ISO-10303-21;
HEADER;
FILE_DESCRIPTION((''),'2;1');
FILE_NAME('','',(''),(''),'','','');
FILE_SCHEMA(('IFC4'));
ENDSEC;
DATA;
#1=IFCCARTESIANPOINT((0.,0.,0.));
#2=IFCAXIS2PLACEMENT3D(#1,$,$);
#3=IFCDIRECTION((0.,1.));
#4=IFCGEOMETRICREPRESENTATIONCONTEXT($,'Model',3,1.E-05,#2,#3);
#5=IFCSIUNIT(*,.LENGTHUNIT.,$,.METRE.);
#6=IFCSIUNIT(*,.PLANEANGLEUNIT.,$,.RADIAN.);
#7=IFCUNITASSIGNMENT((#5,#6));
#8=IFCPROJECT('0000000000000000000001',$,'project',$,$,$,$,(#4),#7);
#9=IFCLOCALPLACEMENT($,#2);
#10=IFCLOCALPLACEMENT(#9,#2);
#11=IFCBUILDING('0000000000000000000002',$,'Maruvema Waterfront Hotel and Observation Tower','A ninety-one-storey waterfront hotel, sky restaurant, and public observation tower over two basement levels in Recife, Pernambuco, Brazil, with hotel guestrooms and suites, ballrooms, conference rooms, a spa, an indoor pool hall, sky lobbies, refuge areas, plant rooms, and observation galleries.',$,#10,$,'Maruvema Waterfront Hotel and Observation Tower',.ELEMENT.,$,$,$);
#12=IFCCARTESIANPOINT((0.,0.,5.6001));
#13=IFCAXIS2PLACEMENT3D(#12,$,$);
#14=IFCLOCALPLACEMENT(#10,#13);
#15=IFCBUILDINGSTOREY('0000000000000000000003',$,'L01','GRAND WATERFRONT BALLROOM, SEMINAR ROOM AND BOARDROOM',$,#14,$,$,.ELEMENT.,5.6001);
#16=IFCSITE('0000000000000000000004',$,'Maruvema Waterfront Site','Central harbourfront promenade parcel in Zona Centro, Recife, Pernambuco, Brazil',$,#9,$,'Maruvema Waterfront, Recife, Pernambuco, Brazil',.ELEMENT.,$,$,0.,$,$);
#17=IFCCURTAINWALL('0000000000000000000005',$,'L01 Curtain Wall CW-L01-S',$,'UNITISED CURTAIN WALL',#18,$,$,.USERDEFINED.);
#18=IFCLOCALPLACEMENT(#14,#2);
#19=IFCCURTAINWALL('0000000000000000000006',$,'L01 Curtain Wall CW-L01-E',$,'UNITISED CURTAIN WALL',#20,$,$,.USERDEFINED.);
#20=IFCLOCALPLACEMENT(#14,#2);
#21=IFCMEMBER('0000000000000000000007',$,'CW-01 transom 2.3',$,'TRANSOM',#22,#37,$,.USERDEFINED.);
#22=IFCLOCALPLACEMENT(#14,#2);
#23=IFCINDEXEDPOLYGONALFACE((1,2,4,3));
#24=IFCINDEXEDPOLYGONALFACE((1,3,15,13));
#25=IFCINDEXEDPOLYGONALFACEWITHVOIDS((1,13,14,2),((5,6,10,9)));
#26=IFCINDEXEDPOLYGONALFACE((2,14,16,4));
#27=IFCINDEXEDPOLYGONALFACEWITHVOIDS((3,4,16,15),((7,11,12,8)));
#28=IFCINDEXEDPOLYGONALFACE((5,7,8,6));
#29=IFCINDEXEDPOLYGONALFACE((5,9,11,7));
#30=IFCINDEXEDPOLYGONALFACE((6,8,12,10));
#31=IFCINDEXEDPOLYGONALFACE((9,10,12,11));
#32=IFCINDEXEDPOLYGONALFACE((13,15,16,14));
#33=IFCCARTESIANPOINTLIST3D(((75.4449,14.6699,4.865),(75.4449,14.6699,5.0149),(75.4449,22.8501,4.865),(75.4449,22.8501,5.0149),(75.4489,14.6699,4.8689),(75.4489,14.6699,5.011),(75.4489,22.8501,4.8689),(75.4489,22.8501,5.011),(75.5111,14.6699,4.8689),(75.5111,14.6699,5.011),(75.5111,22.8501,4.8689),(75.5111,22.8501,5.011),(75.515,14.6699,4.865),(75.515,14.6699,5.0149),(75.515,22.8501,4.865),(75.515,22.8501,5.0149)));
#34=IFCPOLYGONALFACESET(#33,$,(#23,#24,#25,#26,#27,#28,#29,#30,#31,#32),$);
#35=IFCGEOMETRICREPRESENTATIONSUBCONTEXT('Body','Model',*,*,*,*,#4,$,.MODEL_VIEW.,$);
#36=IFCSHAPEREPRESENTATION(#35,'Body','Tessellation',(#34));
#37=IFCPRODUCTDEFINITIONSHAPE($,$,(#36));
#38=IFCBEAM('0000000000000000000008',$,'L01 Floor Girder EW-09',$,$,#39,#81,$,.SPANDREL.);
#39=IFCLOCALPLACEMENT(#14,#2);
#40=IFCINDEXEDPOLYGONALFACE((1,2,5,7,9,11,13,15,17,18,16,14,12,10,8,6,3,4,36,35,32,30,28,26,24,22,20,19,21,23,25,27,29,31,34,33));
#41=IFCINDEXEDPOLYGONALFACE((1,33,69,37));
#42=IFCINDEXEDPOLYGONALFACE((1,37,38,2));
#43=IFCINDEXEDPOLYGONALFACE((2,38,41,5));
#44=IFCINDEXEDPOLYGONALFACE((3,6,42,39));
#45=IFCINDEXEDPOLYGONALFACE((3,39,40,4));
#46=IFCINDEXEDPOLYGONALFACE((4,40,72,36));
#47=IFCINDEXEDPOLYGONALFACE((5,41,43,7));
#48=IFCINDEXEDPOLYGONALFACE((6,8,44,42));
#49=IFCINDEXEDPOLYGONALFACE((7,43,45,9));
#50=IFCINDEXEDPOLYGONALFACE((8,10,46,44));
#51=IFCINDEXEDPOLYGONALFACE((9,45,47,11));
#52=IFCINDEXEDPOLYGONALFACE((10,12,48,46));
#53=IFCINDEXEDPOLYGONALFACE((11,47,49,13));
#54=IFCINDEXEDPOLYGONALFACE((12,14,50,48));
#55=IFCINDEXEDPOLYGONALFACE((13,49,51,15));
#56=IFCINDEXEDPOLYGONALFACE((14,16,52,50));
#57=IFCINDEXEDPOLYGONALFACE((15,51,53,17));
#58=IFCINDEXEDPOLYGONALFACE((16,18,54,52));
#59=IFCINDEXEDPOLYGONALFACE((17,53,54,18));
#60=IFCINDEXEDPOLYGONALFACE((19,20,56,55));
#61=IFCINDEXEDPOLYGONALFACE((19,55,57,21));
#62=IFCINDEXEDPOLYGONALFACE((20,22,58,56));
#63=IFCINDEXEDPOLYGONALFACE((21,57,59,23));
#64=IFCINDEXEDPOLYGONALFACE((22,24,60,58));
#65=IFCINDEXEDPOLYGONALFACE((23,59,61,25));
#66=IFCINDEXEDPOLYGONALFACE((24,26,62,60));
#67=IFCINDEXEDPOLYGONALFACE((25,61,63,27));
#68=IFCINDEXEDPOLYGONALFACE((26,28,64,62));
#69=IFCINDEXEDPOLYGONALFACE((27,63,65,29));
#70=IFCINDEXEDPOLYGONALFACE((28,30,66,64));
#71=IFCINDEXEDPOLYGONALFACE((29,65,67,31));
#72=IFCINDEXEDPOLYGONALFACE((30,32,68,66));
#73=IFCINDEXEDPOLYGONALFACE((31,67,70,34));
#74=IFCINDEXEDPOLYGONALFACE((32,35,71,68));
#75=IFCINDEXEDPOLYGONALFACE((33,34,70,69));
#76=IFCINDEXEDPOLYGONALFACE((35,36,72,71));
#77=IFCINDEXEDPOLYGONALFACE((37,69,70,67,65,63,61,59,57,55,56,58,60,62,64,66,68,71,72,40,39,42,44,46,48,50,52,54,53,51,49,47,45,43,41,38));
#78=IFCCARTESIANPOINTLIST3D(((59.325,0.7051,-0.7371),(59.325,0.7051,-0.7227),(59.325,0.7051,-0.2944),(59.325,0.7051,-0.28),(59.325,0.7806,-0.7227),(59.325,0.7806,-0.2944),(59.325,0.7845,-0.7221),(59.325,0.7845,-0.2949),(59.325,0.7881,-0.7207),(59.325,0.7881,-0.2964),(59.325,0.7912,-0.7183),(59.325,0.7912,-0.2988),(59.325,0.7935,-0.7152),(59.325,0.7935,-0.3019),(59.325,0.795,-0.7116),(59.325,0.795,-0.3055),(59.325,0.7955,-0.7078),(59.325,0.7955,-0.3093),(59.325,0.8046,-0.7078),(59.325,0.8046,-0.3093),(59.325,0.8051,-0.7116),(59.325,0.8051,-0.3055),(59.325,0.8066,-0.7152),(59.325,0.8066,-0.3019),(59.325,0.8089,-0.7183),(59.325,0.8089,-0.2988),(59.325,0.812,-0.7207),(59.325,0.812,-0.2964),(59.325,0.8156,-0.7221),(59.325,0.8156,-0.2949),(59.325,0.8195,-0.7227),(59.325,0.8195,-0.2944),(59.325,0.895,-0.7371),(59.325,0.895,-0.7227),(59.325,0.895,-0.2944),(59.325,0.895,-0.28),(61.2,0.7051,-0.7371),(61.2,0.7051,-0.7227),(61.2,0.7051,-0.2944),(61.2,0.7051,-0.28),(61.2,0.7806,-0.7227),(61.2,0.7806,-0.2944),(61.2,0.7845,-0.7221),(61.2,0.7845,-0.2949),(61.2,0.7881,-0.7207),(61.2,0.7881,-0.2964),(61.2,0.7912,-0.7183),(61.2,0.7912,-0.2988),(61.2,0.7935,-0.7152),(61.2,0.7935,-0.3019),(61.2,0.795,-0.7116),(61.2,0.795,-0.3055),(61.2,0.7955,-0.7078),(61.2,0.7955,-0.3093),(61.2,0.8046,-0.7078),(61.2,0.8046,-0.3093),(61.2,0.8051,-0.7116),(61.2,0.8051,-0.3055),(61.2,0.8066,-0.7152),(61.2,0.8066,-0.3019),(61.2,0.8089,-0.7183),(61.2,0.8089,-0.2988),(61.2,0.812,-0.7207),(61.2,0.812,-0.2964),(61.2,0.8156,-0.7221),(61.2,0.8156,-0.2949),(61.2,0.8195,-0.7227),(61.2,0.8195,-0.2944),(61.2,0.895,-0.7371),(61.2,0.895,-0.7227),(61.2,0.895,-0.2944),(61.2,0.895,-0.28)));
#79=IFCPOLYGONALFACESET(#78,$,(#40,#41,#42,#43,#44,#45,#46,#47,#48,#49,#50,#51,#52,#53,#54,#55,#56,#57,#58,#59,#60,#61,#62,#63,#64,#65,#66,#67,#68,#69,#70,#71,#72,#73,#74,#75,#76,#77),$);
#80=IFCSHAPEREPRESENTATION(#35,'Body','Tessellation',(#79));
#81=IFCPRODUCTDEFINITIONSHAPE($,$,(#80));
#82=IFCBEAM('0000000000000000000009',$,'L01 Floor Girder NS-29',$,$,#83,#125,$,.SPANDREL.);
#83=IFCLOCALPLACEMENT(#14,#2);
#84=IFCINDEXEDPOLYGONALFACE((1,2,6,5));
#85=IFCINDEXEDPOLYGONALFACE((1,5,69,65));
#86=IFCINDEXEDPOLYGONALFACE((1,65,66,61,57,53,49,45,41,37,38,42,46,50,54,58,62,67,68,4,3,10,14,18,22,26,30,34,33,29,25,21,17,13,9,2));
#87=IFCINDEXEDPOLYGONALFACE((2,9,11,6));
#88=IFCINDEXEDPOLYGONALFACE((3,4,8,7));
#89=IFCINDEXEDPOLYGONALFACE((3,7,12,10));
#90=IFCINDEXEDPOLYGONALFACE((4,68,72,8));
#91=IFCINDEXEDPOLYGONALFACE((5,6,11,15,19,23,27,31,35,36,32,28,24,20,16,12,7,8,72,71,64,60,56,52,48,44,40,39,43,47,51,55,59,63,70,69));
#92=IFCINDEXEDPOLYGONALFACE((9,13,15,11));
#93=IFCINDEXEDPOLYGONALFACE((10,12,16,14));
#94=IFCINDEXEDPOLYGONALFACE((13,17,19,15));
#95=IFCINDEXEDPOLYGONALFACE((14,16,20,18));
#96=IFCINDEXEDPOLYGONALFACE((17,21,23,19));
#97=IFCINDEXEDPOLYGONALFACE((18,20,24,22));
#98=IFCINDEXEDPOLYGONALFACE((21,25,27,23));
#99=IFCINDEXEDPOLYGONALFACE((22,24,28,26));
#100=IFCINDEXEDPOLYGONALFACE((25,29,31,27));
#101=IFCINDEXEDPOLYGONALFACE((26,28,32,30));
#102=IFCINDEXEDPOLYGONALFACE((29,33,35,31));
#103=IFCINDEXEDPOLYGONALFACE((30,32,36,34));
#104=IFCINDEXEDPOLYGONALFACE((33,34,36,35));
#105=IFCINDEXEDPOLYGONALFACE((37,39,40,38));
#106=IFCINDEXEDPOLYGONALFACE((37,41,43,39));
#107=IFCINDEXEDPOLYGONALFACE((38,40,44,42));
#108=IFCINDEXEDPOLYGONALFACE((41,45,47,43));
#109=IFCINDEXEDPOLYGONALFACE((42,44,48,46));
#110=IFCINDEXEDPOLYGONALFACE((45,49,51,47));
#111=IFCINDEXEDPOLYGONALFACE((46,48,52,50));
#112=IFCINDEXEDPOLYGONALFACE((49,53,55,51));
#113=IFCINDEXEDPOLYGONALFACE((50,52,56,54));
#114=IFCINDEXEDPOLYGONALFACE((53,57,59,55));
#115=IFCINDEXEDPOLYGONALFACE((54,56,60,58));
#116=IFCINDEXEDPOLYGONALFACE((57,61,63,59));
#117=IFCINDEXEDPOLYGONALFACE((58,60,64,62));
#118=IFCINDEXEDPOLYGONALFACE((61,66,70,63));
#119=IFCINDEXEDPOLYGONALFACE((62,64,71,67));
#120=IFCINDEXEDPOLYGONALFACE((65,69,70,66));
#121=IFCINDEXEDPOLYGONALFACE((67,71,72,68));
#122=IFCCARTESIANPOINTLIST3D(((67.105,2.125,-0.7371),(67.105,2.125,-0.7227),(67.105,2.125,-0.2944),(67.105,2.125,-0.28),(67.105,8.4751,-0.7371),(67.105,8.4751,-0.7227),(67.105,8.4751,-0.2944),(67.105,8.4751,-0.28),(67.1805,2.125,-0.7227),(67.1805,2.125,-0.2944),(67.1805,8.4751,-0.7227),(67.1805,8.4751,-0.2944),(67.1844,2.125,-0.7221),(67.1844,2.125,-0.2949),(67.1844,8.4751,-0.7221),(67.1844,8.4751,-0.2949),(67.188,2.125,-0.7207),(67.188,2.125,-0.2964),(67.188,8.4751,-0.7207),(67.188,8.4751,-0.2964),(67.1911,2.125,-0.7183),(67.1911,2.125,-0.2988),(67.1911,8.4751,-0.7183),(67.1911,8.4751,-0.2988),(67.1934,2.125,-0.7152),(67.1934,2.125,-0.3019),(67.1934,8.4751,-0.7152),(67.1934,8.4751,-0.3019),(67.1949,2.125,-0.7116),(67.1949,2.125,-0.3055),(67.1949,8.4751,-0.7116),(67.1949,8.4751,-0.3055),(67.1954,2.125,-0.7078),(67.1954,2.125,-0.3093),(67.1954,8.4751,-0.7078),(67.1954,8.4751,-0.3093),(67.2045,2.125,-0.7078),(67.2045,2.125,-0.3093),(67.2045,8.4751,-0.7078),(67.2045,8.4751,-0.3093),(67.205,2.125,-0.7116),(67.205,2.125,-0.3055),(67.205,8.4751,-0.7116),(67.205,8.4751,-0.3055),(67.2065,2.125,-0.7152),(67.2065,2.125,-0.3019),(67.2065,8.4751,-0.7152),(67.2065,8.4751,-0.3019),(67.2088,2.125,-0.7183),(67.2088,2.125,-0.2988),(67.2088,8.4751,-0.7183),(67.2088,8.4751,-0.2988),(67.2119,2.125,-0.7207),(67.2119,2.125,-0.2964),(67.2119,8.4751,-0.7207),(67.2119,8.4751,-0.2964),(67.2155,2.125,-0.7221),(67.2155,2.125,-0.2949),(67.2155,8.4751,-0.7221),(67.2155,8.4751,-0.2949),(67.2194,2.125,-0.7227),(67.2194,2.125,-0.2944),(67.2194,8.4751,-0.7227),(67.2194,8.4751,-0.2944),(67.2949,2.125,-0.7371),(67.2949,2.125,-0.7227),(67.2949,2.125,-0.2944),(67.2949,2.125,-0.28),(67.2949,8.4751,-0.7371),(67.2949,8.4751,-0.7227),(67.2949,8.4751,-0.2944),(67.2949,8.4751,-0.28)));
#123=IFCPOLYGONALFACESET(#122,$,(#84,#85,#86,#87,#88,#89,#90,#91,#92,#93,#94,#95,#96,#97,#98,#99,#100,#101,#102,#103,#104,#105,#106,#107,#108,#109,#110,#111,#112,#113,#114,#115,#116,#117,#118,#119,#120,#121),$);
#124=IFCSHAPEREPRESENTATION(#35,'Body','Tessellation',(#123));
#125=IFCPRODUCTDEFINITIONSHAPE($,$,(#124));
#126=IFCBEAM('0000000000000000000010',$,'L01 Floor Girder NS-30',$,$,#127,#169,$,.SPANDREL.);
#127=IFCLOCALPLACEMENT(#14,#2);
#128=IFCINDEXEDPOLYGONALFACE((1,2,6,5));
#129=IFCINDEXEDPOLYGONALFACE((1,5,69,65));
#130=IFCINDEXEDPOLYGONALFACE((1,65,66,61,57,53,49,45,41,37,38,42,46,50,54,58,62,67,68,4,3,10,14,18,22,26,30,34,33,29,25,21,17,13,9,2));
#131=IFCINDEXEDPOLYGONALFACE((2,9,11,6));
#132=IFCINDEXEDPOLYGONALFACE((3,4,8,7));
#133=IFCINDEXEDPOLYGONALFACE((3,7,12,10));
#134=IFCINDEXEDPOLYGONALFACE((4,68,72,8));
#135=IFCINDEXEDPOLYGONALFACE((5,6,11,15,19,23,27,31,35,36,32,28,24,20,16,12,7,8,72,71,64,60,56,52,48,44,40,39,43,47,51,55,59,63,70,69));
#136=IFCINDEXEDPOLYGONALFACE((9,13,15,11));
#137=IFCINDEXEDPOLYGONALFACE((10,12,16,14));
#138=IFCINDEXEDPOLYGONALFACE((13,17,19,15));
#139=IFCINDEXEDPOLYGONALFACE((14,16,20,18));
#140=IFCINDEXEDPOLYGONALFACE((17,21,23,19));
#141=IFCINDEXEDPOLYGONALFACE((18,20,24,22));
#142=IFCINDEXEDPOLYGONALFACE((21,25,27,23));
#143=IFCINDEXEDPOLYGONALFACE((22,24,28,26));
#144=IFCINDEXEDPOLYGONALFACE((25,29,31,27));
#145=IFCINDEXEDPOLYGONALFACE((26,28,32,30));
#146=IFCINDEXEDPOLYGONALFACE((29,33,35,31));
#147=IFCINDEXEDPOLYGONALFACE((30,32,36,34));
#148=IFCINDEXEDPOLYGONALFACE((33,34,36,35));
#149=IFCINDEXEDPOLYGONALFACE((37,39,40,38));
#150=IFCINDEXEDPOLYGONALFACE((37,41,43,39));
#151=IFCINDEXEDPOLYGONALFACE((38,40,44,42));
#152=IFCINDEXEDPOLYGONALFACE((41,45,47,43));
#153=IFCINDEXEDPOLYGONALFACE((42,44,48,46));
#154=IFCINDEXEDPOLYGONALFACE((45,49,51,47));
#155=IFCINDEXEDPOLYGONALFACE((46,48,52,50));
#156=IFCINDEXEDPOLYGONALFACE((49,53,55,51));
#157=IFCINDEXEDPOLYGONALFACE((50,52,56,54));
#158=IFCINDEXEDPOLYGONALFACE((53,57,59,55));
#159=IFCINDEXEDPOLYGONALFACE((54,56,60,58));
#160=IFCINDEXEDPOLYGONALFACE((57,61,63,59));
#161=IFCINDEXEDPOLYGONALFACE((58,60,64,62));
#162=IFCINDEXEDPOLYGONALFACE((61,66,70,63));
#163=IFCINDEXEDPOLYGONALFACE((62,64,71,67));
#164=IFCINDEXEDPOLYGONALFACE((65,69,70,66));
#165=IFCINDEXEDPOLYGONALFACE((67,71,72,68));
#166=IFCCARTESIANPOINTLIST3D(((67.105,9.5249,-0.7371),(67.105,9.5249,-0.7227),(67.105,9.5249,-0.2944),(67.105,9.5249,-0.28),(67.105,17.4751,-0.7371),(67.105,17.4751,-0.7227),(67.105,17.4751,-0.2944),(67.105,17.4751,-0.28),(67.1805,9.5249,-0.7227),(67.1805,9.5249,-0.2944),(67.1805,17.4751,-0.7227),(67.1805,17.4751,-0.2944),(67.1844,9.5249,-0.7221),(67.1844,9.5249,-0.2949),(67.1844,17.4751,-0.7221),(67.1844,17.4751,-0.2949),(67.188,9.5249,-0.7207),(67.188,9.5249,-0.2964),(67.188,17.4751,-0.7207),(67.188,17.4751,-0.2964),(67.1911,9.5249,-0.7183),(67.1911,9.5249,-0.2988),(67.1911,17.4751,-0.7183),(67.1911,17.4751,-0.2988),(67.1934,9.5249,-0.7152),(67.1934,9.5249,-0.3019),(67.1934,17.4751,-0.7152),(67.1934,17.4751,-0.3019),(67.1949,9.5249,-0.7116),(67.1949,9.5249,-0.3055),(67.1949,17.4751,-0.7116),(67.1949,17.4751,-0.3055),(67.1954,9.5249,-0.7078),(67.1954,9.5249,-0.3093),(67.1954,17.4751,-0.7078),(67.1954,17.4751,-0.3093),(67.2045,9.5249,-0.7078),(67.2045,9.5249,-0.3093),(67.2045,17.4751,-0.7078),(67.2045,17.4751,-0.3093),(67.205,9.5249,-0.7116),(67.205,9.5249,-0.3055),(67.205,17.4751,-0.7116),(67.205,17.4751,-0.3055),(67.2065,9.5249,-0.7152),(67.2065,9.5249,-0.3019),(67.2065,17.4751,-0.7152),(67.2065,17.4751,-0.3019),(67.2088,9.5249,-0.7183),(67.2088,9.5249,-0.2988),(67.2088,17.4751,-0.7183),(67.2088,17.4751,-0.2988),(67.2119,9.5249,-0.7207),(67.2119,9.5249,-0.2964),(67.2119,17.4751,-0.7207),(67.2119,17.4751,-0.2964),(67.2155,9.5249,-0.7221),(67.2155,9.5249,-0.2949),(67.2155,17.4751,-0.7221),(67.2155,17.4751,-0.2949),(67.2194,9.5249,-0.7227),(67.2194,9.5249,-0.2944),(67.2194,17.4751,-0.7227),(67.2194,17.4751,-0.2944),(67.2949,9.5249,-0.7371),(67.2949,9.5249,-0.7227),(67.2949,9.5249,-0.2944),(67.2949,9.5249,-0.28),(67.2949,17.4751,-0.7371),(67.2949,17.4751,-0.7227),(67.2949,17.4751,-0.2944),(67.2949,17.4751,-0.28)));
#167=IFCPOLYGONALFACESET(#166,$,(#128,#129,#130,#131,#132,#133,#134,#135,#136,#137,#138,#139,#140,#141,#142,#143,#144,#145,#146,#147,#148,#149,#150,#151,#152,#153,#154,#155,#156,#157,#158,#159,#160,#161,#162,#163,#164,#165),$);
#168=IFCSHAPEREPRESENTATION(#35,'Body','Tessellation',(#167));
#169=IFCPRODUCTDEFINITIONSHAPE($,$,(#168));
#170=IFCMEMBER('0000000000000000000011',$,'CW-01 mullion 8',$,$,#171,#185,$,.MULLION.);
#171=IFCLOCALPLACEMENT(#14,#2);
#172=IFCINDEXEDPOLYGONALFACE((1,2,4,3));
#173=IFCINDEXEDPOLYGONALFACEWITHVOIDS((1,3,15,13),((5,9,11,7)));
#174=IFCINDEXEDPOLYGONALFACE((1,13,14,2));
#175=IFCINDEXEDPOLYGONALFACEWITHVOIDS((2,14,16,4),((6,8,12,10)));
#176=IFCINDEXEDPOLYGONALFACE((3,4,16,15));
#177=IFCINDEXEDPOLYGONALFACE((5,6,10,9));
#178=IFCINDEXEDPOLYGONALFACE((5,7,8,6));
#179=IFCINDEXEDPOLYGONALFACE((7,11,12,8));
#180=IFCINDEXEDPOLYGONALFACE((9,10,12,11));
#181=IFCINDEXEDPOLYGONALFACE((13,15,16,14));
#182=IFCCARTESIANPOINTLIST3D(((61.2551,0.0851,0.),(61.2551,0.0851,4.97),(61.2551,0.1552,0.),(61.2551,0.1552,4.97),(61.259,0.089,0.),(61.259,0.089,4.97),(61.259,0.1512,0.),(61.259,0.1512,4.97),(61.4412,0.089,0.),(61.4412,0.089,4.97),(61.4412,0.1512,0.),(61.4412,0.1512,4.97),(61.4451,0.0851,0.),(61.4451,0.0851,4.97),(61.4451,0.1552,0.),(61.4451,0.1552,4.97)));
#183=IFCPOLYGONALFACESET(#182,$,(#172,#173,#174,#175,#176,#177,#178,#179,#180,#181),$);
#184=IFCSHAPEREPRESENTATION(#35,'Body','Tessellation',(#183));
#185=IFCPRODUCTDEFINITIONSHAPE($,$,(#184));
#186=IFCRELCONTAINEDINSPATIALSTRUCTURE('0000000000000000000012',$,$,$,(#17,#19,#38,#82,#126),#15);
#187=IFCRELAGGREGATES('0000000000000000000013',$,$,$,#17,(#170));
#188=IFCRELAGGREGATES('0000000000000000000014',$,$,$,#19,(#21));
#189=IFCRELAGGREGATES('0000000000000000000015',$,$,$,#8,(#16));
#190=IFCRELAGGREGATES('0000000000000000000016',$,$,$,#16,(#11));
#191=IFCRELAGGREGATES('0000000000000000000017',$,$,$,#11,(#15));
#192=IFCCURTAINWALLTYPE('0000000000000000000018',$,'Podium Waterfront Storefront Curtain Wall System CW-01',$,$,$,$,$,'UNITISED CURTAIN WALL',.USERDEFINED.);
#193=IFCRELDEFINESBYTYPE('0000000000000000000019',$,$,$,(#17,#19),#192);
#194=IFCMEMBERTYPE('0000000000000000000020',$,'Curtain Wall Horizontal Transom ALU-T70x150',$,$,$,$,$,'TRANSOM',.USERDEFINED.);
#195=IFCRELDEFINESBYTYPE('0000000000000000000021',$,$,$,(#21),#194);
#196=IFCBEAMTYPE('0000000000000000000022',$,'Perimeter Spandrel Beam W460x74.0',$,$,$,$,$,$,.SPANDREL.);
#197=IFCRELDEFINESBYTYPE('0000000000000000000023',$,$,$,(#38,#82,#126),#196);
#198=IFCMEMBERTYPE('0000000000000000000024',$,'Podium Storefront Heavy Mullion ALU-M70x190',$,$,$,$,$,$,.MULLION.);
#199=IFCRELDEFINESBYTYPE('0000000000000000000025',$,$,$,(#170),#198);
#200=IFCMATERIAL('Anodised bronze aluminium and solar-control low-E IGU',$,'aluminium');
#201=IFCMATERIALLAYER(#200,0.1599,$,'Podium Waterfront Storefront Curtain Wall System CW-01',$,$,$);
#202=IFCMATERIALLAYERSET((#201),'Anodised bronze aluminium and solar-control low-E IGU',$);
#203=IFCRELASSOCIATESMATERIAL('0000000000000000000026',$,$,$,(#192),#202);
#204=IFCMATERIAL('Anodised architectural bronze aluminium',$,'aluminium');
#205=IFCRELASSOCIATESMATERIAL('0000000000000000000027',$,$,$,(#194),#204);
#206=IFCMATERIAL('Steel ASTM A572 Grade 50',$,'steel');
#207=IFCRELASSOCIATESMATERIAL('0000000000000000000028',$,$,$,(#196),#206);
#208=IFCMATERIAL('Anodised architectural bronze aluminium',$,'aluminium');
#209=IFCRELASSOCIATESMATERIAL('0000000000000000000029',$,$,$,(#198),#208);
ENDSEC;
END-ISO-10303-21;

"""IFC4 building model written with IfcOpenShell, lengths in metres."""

from ifc_helpers import new_model, si_unit, direction, frame, origin, origin_2d, place, context, subcontext, project, spatial, hollow_rectangle, i_section, extrude, material, layer, layer_set, material_profile, profile_set, type_object, element, aggregate, save


model = new_model("IFC4")

# Units and contexts
model_context = context("Model", 3, precision=1e-05, world=origin(), true_north=direction((0.0, 1.0)))
body_context = subcontext(model_context, "Body", "Model", "MODEL_VIEW")
ifc_project = project(units=[si_unit("LENGTHUNIT", "METRE"), si_unit("PLANEANGLEUNIT", "RADIAN")], contexts=[model_context])

# Site, building, storey
site_placement = place(None, origin())
site = spatial("IfcSite", under=ifc_project, at=site_placement, Name="Maruvema Waterfront Site", Description="Central harbourfront promenade parcel in Zona Centro, Recife, Pernambuco, Brazil", LongName="Maruvema Waterfront, Recife, Pernambuco, Brazil", CompositionType="ELEMENT", RefElevation=0.0)
building_placement = place(site_placement, origin())
building = spatial("IfcBuilding", under=site, at=building_placement, Name="Maruvema Waterfront Hotel and Observation Tower", Description="A ninety-one-storey waterfront hotel, sky restaurant, and public observation tower over two basement levels in Recife, Pernambuco, Brazil, with hotel guestrooms and suites, ballrooms, conference rooms, a spa, an indoor pool hall, sky lobbies, refuge areas, plant rooms, and observation galleries.", LongName="Maruvema Waterfront Hotel and Observation Tower", CompositionType="ELEMENT")
storey_placement = place(building_placement, frame((0.0, 0.0, 5.6001)))
storey = spatial("IfcBuildingStorey", under=building, at=storey_placement, Name="L01", Description="GRAND WATERFRONT BALLROOM, SEMINAR ROOM AND BOARDROOM", CompositionType="ELEMENT", Elevation=5.6001)

# Curtain walls, member
ifc_material_1 = material(Name="Anodised bronze aluminium and solar-control low-E IGU", Category="aluminium")
ifc_layer_1 = layer(ifc_material_1, 0.1599, Name="Podium Waterfront Storefront Curtain Wall System CW-01")
ifc_layer_set_1 = layer_set([ifc_layer_1], Name="Anodised bronze aluminium and solar-control low-E IGU")
curtain_wall_type = type_object("IfcCurtainWallType", Name="Podium Waterfront Storefront Curtain Wall System CW-01", ElementType="UNITISED CURTAIN WALL", PredefinedType="USERDEFINED", material=ifc_layer_set_1)
curtain_wall_1_placement = place(storey_placement, origin())
curtain_wall_1 = element("IfcCurtainWall", 1, at=curtain_wall_1_placement, inside=storey, type_object=curtain_wall_type, Name="L01 Curtain Wall CW-L01-S", ObjectType="UNITISED CURTAIN WALL", PredefinedType="USERDEFINED")
ifc_material_2 = material(Name="Anodised architectural bronze aluminium", Category="aluminium")
ifc_material_profile_1 = material_profile(ifc_material_2, hollow_rectangle(XDim=0.0701, YDim=0.1499, WallThickness=0.0039, at=origin_2d()), Name="ALU-T70x150")
ifc_profile_set_1 = profile_set([ifc_material_profile_1], Name="Anodised architectural bronze aluminium")
member_type_1 = type_object("IfcMemberType", Name="Curtain Wall Horizontal Transom ALU-T70x150", ElementType="TRANSOM", PredefinedType="USERDEFINED", material=ifc_profile_set_1)
curtain_wall_2_placement = place(storey_placement, origin())
curtain_wall_2 = element("IfcCurtainWall", 2, at=curtain_wall_2_placement, inside=storey, type_object=curtain_wall_type, Name="L01 Curtain Wall CW-L01-E", ObjectType="UNITISED CURTAIN WALL", PredefinedType="USERDEFINED")
member_1_placement = place(storey_placement, frame((75.48, 14.6699, 4.9399), z_axis=(0.0, 1.0, 0.0), x_axis=(-1.0, 0.0, 0.0)))
member_1 = element("IfcMember", 3, at=member_1_placement, type_object=member_type_1, Name="CW-01 transom 2.3", ObjectType="TRANSOM", PredefinedType="USERDEFINED", context=body_context, shape_type="SweptSolid", body=[
    extrude(hollow_rectangle(XDim=0.0701, YDim=0.1499, WallThickness=0.0039, at=origin_2d()), origin(), (0.0, 0.0, 1.0), 8.1802),
])

# Beams
ifc_material_3 = material(Name="Steel ASTM A572 Grade 50", Category="steel")
ifc_material_profile_2 = material_profile(ifc_material_3, i_section(OverallWidth=0.1899, OverallDepth=0.457, WebThickness=0.009, FlangeThickness=0.0144, FilletRadius=0.0149, at=origin_2d()), Name="W460x74.0")
ifc_profile_set_2 = profile_set([ifc_material_profile_2], Name="Steel ASTM A572 Grade 50")
beam_type_1 = type_object("IfcBeamType", Name="Perimeter Spandrel Beam W460x74.0", PredefinedType="SPANDREL", material=ifc_profile_set_2)
beam_1_placement = place(storey_placement, frame((59.325, 0.8, -0.5085), z_axis=(1.0, 0.0, 0.0), x_axis=(0.0, 1.0, 0.0)))
element("IfcBeam", 4, at=beam_1_placement, inside=storey, type_object=beam_type_1, Name="L01 Floor Girder EW-09", PredefinedType="SPANDREL", context=body_context, shape_type="SweptSolid", body=[
    extrude(i_section(OverallWidth=0.1899, OverallDepth=0.457, WebThickness=0.009, FlangeThickness=0.0144, FilletRadius=0.0149, at=origin_2d()), origin(), (0.0, 0.0, 1.0), 1.875),
])
beam_2_placement = place(storey_placement, frame((67.2, 2.125, -0.5085), z_axis=(0.0, 1.0, 0.0), x_axis=(-1.0, 0.0, 0.0)))
element("IfcBeam", 5, at=beam_2_placement, inside=storey, type_object=beam_type_1, Name="L01 Floor Girder NS-29", PredefinedType="SPANDREL", context=body_context, shape_type="SweptSolid", body=[
    extrude(i_section(OverallWidth=0.1899, OverallDepth=0.457, WebThickness=0.009, FlangeThickness=0.0144, FilletRadius=0.0149, at=origin_2d()), origin(), (0.0, 0.0, 1.0), 6.3501),
])
beam_3_placement = place(storey_placement, frame((67.2, 9.5249, -0.5085), z_axis=(0.0, 1.0, 0.0), x_axis=(-1.0, 0.0, 0.0)))
element("IfcBeam", 6, at=beam_3_placement, inside=storey, type_object=beam_type_1, Name="L01 Floor Girder NS-30", PredefinedType="SPANDREL", context=body_context, shape_type="SweptSolid", body=[
    extrude(i_section(OverallWidth=0.1899, OverallDepth=0.457, WebThickness=0.009, FlangeThickness=0.0144, FilletRadius=0.0149, at=origin_2d()), origin(), (0.0, 0.0, 1.0), 7.9502),
])

# Member
ifc_material_4 = material(Name="Anodised architectural bronze aluminium", Category="aluminium")
ifc_material_profile_3 = material_profile(ifc_material_4, hollow_rectangle(XDim=0.0701, YDim=0.1899, WallThickness=0.0039, at=origin_2d()), Name="ALU-M70x190")
ifc_profile_set_3 = profile_set([ifc_material_profile_3], Name="Anodised architectural bronze aluminium")
member_type_2 = type_object("IfcMemberType", Name="Podium Storefront Heavy Mullion ALU-M70x190", PredefinedType="MULLION", material=ifc_profile_set_3)
member_2_placement = place(storey_placement, frame((61.3501, 0.1201, 0.0), z_axis=(0.0, 0.0, 1.0), x_axis=(0.0, 1.0, 0.0)))
member_2 = element("IfcMember", 7, at=member_2_placement, type_object=member_type_2, Name="CW-01 mullion 8", PredefinedType="MULLION", context=body_context, shape_type="SweptSolid", body=[
    extrude(hollow_rectangle(XDim=0.0701, YDim=0.1899, WallThickness=0.0039, at=origin_2d()), origin(), (0.0, 0.0, 1.0), 4.97),
])

aggregate(curtain_wall_1, [member_2])
aggregate(curtain_wall_2, [member_1])

save(model, "model.ifc")
